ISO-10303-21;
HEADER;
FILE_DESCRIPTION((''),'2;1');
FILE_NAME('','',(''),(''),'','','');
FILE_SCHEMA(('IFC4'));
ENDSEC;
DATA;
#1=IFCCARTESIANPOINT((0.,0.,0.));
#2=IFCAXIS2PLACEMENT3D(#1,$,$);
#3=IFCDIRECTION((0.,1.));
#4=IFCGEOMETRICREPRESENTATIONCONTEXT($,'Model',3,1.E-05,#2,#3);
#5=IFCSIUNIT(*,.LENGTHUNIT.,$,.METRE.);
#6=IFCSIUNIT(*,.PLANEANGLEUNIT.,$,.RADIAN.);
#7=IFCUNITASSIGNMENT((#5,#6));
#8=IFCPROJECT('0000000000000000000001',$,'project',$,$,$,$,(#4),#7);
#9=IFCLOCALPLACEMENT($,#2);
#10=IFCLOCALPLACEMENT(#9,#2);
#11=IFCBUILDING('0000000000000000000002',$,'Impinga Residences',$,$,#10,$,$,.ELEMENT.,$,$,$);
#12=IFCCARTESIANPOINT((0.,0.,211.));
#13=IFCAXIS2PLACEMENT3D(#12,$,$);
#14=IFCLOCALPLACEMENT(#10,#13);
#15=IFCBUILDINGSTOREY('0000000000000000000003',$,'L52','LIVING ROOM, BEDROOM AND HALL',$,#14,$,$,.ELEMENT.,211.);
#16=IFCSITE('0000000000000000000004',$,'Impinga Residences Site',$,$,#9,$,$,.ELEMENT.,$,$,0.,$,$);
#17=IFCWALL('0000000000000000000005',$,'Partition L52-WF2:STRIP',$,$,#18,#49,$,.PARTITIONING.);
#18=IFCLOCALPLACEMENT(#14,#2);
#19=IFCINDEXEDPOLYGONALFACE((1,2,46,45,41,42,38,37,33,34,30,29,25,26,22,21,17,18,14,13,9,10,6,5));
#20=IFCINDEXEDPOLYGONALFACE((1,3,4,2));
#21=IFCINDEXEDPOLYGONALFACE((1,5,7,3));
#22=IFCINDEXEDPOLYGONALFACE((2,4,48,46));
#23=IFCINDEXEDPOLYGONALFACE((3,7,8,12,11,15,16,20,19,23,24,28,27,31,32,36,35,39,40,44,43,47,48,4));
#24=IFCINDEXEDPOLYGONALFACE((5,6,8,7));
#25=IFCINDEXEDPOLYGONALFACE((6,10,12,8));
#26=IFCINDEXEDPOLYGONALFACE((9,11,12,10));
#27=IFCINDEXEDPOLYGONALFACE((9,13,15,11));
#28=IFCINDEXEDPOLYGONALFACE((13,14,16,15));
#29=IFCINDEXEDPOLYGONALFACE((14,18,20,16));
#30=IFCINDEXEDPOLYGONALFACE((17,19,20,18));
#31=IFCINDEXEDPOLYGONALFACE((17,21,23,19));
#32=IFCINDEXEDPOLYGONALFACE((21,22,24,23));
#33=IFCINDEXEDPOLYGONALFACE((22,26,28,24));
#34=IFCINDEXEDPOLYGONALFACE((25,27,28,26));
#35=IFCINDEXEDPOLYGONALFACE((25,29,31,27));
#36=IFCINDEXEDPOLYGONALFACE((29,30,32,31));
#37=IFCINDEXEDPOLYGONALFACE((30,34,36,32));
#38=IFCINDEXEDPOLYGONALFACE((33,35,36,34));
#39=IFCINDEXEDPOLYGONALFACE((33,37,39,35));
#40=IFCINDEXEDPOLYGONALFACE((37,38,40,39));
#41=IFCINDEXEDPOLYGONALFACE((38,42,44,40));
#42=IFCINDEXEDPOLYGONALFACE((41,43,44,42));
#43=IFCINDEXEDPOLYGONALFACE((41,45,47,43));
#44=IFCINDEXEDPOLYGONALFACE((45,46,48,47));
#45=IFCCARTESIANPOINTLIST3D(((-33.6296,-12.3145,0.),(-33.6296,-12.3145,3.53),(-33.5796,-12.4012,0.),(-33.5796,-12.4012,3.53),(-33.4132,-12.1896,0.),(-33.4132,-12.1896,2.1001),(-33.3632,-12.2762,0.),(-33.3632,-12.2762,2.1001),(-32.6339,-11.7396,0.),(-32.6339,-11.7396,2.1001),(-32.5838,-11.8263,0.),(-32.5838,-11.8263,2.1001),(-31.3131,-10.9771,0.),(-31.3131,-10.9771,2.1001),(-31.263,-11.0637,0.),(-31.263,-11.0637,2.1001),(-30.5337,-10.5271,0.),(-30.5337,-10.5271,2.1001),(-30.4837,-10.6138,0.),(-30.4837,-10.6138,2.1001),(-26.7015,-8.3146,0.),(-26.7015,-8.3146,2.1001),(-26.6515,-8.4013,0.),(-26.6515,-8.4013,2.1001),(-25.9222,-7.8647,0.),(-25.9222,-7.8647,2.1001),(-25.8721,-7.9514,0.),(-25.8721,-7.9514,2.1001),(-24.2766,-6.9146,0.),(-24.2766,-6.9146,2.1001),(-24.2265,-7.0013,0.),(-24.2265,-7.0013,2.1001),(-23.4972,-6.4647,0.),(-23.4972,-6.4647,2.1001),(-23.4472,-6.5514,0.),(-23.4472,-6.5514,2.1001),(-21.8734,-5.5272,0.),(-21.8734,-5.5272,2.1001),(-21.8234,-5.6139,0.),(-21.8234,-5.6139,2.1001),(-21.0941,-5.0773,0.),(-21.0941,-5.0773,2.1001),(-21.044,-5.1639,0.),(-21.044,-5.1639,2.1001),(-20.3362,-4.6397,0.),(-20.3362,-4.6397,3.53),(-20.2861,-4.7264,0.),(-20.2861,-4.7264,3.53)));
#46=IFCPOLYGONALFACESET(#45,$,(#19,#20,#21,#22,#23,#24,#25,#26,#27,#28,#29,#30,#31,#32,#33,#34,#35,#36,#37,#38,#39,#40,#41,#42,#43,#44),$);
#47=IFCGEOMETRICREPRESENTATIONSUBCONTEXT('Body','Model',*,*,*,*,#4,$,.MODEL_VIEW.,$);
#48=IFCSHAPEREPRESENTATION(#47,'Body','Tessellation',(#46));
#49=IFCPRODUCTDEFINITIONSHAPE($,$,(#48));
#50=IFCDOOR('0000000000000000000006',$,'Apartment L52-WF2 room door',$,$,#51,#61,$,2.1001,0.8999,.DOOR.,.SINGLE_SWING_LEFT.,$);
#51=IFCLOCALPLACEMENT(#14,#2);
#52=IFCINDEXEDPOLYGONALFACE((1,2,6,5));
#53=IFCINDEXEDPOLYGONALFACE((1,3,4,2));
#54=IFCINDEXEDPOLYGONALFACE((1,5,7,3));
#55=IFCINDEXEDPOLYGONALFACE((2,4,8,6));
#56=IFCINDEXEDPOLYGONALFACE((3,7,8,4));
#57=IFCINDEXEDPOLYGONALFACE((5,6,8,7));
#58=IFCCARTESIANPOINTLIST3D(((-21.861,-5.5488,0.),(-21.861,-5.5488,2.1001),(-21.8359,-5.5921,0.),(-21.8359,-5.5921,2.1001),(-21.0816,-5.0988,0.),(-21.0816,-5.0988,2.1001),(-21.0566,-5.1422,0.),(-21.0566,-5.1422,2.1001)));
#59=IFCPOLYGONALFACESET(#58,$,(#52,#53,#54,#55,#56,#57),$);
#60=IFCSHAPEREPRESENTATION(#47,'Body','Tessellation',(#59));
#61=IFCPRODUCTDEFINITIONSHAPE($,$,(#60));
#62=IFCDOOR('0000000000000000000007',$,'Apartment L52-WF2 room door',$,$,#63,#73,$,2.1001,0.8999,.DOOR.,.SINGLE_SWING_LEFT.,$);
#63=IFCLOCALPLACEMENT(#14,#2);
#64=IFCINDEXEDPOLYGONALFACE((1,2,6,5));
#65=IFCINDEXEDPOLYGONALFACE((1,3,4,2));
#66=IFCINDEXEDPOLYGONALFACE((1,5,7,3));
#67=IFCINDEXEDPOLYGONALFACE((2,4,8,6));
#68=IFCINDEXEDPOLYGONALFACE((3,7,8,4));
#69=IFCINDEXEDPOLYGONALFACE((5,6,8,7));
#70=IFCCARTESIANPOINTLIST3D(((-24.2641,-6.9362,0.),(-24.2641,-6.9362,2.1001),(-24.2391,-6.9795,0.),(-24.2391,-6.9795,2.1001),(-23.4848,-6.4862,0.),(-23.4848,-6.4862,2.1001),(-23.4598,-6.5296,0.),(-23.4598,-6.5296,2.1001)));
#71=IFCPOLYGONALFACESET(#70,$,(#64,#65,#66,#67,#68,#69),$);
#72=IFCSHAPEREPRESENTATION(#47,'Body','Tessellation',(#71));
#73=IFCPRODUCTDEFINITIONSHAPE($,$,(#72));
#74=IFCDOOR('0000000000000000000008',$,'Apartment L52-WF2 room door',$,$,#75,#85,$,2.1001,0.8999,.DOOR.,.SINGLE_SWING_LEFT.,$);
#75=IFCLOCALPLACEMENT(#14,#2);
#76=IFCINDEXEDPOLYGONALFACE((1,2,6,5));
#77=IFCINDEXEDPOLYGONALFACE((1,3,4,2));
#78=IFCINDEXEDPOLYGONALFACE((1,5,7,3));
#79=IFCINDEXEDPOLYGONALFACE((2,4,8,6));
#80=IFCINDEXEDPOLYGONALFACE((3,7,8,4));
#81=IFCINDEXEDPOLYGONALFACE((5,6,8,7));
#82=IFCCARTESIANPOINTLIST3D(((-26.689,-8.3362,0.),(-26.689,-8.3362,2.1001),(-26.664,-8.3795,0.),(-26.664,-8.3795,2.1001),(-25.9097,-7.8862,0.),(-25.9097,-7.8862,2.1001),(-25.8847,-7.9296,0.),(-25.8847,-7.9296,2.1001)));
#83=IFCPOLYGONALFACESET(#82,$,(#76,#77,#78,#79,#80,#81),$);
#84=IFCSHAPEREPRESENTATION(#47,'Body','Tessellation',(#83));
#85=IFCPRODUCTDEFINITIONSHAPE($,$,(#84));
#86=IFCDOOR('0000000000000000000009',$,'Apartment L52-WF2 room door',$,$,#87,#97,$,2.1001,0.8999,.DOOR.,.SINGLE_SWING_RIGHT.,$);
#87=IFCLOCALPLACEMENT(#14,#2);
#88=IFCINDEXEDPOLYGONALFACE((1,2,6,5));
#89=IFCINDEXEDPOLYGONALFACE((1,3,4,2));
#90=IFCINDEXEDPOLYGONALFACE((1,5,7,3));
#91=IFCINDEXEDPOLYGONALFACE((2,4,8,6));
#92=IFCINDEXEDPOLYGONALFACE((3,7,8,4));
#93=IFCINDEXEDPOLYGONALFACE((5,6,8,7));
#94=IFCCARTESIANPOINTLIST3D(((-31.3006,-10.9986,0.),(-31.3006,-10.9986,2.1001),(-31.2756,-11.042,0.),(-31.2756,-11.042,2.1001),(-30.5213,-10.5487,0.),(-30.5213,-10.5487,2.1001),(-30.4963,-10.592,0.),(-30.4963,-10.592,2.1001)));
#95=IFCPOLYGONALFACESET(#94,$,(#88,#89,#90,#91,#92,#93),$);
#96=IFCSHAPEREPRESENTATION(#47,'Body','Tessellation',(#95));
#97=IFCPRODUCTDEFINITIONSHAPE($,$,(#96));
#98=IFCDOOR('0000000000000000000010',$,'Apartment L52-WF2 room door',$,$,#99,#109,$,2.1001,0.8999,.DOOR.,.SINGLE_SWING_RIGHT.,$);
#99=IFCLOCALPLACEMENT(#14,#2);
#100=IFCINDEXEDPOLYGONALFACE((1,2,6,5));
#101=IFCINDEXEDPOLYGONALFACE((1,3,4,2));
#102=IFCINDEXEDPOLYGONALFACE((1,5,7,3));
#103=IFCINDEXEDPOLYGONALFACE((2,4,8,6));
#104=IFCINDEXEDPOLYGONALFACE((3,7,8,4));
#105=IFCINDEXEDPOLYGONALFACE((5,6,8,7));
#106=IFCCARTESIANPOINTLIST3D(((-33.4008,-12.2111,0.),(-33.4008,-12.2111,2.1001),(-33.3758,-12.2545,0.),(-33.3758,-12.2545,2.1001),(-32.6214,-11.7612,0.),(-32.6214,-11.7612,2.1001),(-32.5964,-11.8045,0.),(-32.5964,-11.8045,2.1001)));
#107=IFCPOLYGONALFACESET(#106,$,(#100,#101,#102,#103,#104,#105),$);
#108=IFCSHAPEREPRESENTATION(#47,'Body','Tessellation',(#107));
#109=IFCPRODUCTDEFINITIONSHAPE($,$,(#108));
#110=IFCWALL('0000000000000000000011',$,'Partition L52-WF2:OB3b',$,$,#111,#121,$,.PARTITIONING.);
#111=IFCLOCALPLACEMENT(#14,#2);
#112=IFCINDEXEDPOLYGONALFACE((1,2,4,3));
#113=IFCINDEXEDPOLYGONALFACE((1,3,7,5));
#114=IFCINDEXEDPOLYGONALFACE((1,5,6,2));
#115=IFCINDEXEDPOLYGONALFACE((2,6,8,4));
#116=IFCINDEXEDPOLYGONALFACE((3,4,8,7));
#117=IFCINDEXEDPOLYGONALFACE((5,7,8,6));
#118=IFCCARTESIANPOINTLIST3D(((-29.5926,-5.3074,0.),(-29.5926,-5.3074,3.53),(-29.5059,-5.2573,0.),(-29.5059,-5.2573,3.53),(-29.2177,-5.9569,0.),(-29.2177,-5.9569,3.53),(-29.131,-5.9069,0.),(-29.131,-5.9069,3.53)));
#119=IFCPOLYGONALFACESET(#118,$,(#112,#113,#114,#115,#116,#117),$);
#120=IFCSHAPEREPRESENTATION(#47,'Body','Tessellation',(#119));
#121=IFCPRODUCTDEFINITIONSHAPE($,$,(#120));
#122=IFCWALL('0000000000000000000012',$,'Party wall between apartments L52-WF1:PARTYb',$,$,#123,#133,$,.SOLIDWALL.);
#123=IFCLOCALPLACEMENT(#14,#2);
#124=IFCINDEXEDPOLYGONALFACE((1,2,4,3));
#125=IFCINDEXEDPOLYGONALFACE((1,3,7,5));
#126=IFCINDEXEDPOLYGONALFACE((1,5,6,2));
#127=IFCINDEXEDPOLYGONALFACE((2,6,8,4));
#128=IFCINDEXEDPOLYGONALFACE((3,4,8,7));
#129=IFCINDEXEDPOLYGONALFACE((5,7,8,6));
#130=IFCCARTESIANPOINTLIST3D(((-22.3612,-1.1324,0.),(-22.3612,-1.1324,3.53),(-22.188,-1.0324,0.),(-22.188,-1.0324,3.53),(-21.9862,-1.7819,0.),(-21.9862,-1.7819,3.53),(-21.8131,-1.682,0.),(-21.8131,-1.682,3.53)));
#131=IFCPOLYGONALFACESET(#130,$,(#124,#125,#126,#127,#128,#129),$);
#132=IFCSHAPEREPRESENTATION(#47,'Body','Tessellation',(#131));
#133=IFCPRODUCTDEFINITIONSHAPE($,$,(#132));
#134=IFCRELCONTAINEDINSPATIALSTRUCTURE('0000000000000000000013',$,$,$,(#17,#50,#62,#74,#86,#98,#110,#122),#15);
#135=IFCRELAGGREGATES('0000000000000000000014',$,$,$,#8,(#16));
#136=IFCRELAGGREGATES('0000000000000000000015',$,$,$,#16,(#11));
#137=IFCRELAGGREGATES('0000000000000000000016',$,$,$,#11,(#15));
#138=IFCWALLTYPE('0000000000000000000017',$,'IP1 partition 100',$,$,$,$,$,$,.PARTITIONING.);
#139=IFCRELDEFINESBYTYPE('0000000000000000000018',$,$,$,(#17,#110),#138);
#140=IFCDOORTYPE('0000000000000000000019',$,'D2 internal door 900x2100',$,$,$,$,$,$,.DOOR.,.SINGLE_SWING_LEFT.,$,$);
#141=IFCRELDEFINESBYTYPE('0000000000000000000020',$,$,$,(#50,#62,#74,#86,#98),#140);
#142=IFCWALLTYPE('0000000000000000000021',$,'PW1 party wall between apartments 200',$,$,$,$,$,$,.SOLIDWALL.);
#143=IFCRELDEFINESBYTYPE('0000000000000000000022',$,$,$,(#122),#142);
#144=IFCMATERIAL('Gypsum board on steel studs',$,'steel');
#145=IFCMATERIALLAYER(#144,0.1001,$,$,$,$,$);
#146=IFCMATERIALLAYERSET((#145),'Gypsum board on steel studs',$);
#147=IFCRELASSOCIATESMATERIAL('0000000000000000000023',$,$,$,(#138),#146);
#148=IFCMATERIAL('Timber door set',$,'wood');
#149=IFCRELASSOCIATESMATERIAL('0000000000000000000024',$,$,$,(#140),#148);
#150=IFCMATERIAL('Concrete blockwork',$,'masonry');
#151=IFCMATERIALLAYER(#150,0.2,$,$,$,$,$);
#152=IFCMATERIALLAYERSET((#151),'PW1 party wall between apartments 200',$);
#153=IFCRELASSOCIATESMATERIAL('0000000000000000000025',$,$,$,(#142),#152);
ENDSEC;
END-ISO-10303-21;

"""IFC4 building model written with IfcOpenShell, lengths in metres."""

from ifc_helpers import new_model, si_unit, direction, frame, frame_2d, origin, place, context, subcontext, project, spatial, rectangle, extrude, material, layer, layer_set, type_object, element, fill, save


model = new_model("IFC4")

# Units and contexts
model_context = context("Model", 3, precision=1e-05, world=origin(), true_north=direction((0.0, 1.0)))
body_context = subcontext(model_context, "Body", "Model", "MODEL_VIEW")
ifc_project = project(units=[si_unit("LENGTHUNIT", "METRE"), si_unit("PLANEANGLEUNIT", "RADIAN")], contexts=[model_context])

# Site, building, storey
site_placement = place(None, origin())
site = spatial("IfcSite", under=ifc_project, at=site_placement, Name="Impinga Residences Site", CompositionType="ELEMENT", RefElevation=0.0)
building_placement = place(site_placement, origin())
building = spatial("IfcBuilding", under=site, at=building_placement, Name="Impinga Residences", CompositionType="ELEMENT")
storey_placement = place(building_placement, frame((0.0, 0.0, 211.0)))
storey = spatial("IfcBuildingStorey", under=building, at=storey_placement, Name="L52", Description="LIVING ROOM, BEDROOM AND HALL", CompositionType="ELEMENT", Elevation=211.0)

# Shared definitions
ifc_material_1 = material(Name="Gypsum board on steel studs", Category="steel")
ifc_layer_1 = layer(ifc_material_1, 0.1001)
ifc_layer_set_1 = layer_set([ifc_layer_1], Name="Gypsum board on steel studs")
wall_type_1 = type_object("IfcWallType", Name="IP1 partition 100", PredefinedType="PARTITIONING", material=ifc_layer_set_1)

# Wall, openings, doors
wall_1_placement = place(storey_placement, frame((-20.3113, -4.6831, 0.0), z_axis=(0.0, 0.0, 1.0), x_axis=(-0.86603, -0.499991, 0.0)))
wall_1 = element("IfcWall", 1, at=wall_1_placement, inside=storey, type_object=wall_type_1, Name="Partition L52-WF2:STRIP", PredefinedType="PARTITIONING", context=body_context, shape_type="SweptSolid", body=[
    extrude(rectangle(XDim=15.3499, YDim=0.1001, at=frame_2d((7.6748, 0.0))), origin(), (0.0, 0.0, 1.0), 3.53),
])
opening_1_placement = place(wall_1_placement, frame((0.875, 0.0, 0.0)))
opening_1 = element("IfcOpeningElement", 2, at=opening_1_placement, cuts=wall_1, PredefinedType="OPENING", context=body_context, shape_type="SweptSolid", body=[
    extrude(rectangle(XDim=0.8999, YDim=2.1001, at=frame_2d((0.45, 1.05))), frame((0.0, 0.0601, 0.0), z_axis=(0.0, -1.0, 0.0), x_axis=(1.0, 0.0, 0.0)), (0.0, 0.0, 1.0), 0.1201),
])
opening_2_placement = place(wall_1_placement, frame((3.6499, 0.0, 0.0)))
opening_2 = element("IfcOpeningElement", 3, at=opening_2_placement, cuts=wall_1, PredefinedType="OPENING", context=body_context, shape_type="SweptSolid", body=[
    extrude(rectangle(XDim=0.8999, YDim=2.1001, at=frame_2d((0.45, 1.05))), frame((0.0, 0.0601, 0.0), z_axis=(0.0, -1.0, 0.0), x_axis=(1.0, 0.0, 0.0)), (0.0, 0.0, 1.0), 0.1201),
])
opening_3_placement = place(wall_1_placement, frame((6.45, 0.0, 0.0)))
opening_3 = element("IfcOpeningElement", 4, at=opening_3_placement, cuts=wall_1, PredefinedType="OPENING", context=body_context, shape_type="SweptSolid", body=[
    extrude(rectangle(XDim=0.8999, YDim=2.1001, at=frame_2d((0.45, 1.05))), frame((0.0, 0.0601, 0.0), z_axis=(0.0, -1.0, 0.0), x_axis=(1.0, 0.0, 0.0)), (0.0, 0.0, 1.0), 0.1201),
])
opening_4_placement = place(wall_1_placement, frame((11.7749, 0.0, 0.0)))
opening_4 = element("IfcOpeningElement", 5, at=opening_4_placement, cuts=wall_1, PredefinedType="OPENING", context=body_context, shape_type="SweptSolid", body=[
    extrude(rectangle(XDim=0.8999, YDim=2.1001, at=frame_2d((0.45, 1.05))), frame((0.0, 0.0601, 0.0), z_axis=(0.0, -1.0, 0.0), x_axis=(1.0, 0.0, 0.0)), (0.0, 0.0, 1.0), 0.1201),
])
opening_5_placement = place(wall_1_placement, frame((14.2, 0.0, 0.0)))
opening_5 = element("IfcOpeningElement", 6, at=opening_5_placement, cuts=wall_1, PredefinedType="OPENING", context=body_context, shape_type="SweptSolid", body=[
    extrude(rectangle(XDim=0.8999, YDim=2.1001, at=frame_2d((0.45, 1.05))), frame((0.0, 0.0601, 0.0), z_axis=(0.0, -1.0, 0.0), x_axis=(1.0, 0.0, 0.0)), (0.0, 0.0, 1.0), 0.1201),
])
ifc_material_2 = material(Name="Timber door set", Category="wood")
door_type = type_object("IfcDoorType", Name="D2 internal door 900x2100", OperationType="SINGLE_SWING_LEFT", PredefinedType="DOOR", material=ifc_material_2)
door_1_placement = place(opening_1_placement, origin())
door_1 = element("IfcDoor", 7, at=door_1_placement, inside=storey, type_object=door_type, Name="Apartment L52-WF2 room door", OperationType="SINGLE_SWING_LEFT", OverallHeight=2.1001, OverallWidth=0.8999, PredefinedType="DOOR", context=body_context, shape_type="SweptSolid", body=[
    extrude(rectangle(XDim=0.8999, YDim=2.1001, at=frame_2d((0.45, 1.05))), frame((0.0, 0.0249, 0.0), z_axis=(0.0, -1.0, 0.0), x_axis=(1.0, 0.0, 0.0)), (0.0, 0.0, 1.0), 0.05),
])
fill(opening_1, door_1)
door_2_placement = place(opening_2_placement, origin())
door_2 = element("IfcDoor", 8, at=door_2_placement, inside=storey, type_object=door_type, Name="Apartment L52-WF2 room door", OperationType="SINGLE_SWING_LEFT", OverallHeight=2.1001, OverallWidth=0.8999, PredefinedType="DOOR", context=body_context, shape_type="SweptSolid", body=[
    extrude(rectangle(XDim=0.8999, YDim=2.1001, at=frame_2d((0.45, 1.05))), frame((0.0, 0.0249, 0.0), z_axis=(0.0, -1.0, 0.0), x_axis=(1.0, 0.0, 0.0)), (0.0, 0.0, 1.0), 0.05),
])
fill(opening_2, door_2)
door_3_placement = place(opening_3_placement, origin())
door_3 = element("IfcDoor", 9, at=door_3_placement, inside=storey, type_object=door_type, Name="Apartment L52-WF2 room door", OperationType="SINGLE_SWING_LEFT", OverallHeight=2.1001, OverallWidth=0.8999, PredefinedType="DOOR", context=body_context, shape_type="SweptSolid", body=[
    extrude(rectangle(XDim=0.8999, YDim=2.1001, at=frame_2d((0.45, 1.05))), frame((0.0, 0.0249, 0.0), z_axis=(0.0, -1.0, 0.0), x_axis=(1.0, 0.0, 0.0)), (0.0, 0.0, 1.0), 0.05),
])
fill(opening_3, door_3)
door_4_placement = place(opening_4_placement, origin())
door_4 = element("IfcDoor", 10, at=door_4_placement, inside=storey, type_object=door_type, Name="Apartment L52-WF2 room door", OperationType="SINGLE_SWING_RIGHT", OverallHeight=2.1001, OverallWidth=0.8999, PredefinedType="DOOR", context=body_context, shape_type="SweptSolid", body=[
    extrude(rectangle(XDim=0.8999, YDim=2.1001, at=frame_2d((0.45, 1.05))), frame((0.0, 0.0249, 0.0), z_axis=(0.0, -1.0, 0.0), x_axis=(1.0, 0.0, 0.0)), (0.0, 0.0, 1.0), 0.05),
])
fill(opening_4, door_4)
door_5_placement = place(opening_5_placement, origin())
door_5 = element("IfcDoor", 11, at=door_5_placement, inside=storey, type_object=door_type, Name="Apartment L52-WF2 room door", OperationType="SINGLE_SWING_RIGHT", OverallHeight=2.1001, OverallWidth=0.8999, PredefinedType="DOOR", context=body_context, shape_type="SweptSolid", body=[
    extrude(rectangle(XDim=0.8999, YDim=2.1001, at=frame_2d((0.45, 1.05))), frame((0.0, 0.0249, 0.0), z_axis=(0.0, -1.0, 0.0), x_axis=(1.0, 0.0, 0.0)), (0.0, 0.0, 1.0), 0.05),
])
fill(opening_5, door_5)

# Walls
wall_2_placement = place(storey_placement, frame((-29.1743, -5.9319, 0.0), z_axis=(0.0, 0.0, 1.0), x_axis=(-0.49992, 0.866072, 0.0)))
element("IfcWall", 12, at=wall_2_placement, inside=storey, type_object=wall_type_1, Name="Partition L52-WF2:OB3b", PredefinedType="PARTITIONING", context=body_context, shape_type="SweptSolid", body=[
    extrude(rectangle(XDim=0.75, YDim=0.1001, at=frame_2d((0.375, 0.0))), origin(), (0.0, 0.0, 1.0), 3.53),
])
ifc_material_3 = material(Name="Concrete blockwork", Category="masonry")
ifc_layer_2 = layer(ifc_material_3, 0.2)
ifc_layer_set_2 = layer_set([ifc_layer_2], Name="PW1 party wall between apartments 200")
wall_type_2 = type_object("IfcWallType", Name="PW1 party wall between apartments 200", PredefinedType="SOLIDWALL", material=ifc_layer_set_2)
wall_3_placement = place(storey_placement, frame((-21.8997, -1.7319, 0.0), z_axis=(0.0, 0.0, 1.0), x_axis=(-0.49992, 0.866072, 0.0)))
element("IfcWall", 13, at=wall_3_placement, inside=storey, type_object=wall_type_2, Name="Party wall between apartments L52-WF1:PARTYb", PredefinedType="SOLIDWALL", context=body_context, shape_type="SweptSolid", body=[
    extrude(rectangle(XDim=0.75, YDim=0.2, at=frame_2d((0.375, 0.0))), origin(), (0.0, 0.0, 1.0), 3.53),
])

save(model, "model.ifc")
